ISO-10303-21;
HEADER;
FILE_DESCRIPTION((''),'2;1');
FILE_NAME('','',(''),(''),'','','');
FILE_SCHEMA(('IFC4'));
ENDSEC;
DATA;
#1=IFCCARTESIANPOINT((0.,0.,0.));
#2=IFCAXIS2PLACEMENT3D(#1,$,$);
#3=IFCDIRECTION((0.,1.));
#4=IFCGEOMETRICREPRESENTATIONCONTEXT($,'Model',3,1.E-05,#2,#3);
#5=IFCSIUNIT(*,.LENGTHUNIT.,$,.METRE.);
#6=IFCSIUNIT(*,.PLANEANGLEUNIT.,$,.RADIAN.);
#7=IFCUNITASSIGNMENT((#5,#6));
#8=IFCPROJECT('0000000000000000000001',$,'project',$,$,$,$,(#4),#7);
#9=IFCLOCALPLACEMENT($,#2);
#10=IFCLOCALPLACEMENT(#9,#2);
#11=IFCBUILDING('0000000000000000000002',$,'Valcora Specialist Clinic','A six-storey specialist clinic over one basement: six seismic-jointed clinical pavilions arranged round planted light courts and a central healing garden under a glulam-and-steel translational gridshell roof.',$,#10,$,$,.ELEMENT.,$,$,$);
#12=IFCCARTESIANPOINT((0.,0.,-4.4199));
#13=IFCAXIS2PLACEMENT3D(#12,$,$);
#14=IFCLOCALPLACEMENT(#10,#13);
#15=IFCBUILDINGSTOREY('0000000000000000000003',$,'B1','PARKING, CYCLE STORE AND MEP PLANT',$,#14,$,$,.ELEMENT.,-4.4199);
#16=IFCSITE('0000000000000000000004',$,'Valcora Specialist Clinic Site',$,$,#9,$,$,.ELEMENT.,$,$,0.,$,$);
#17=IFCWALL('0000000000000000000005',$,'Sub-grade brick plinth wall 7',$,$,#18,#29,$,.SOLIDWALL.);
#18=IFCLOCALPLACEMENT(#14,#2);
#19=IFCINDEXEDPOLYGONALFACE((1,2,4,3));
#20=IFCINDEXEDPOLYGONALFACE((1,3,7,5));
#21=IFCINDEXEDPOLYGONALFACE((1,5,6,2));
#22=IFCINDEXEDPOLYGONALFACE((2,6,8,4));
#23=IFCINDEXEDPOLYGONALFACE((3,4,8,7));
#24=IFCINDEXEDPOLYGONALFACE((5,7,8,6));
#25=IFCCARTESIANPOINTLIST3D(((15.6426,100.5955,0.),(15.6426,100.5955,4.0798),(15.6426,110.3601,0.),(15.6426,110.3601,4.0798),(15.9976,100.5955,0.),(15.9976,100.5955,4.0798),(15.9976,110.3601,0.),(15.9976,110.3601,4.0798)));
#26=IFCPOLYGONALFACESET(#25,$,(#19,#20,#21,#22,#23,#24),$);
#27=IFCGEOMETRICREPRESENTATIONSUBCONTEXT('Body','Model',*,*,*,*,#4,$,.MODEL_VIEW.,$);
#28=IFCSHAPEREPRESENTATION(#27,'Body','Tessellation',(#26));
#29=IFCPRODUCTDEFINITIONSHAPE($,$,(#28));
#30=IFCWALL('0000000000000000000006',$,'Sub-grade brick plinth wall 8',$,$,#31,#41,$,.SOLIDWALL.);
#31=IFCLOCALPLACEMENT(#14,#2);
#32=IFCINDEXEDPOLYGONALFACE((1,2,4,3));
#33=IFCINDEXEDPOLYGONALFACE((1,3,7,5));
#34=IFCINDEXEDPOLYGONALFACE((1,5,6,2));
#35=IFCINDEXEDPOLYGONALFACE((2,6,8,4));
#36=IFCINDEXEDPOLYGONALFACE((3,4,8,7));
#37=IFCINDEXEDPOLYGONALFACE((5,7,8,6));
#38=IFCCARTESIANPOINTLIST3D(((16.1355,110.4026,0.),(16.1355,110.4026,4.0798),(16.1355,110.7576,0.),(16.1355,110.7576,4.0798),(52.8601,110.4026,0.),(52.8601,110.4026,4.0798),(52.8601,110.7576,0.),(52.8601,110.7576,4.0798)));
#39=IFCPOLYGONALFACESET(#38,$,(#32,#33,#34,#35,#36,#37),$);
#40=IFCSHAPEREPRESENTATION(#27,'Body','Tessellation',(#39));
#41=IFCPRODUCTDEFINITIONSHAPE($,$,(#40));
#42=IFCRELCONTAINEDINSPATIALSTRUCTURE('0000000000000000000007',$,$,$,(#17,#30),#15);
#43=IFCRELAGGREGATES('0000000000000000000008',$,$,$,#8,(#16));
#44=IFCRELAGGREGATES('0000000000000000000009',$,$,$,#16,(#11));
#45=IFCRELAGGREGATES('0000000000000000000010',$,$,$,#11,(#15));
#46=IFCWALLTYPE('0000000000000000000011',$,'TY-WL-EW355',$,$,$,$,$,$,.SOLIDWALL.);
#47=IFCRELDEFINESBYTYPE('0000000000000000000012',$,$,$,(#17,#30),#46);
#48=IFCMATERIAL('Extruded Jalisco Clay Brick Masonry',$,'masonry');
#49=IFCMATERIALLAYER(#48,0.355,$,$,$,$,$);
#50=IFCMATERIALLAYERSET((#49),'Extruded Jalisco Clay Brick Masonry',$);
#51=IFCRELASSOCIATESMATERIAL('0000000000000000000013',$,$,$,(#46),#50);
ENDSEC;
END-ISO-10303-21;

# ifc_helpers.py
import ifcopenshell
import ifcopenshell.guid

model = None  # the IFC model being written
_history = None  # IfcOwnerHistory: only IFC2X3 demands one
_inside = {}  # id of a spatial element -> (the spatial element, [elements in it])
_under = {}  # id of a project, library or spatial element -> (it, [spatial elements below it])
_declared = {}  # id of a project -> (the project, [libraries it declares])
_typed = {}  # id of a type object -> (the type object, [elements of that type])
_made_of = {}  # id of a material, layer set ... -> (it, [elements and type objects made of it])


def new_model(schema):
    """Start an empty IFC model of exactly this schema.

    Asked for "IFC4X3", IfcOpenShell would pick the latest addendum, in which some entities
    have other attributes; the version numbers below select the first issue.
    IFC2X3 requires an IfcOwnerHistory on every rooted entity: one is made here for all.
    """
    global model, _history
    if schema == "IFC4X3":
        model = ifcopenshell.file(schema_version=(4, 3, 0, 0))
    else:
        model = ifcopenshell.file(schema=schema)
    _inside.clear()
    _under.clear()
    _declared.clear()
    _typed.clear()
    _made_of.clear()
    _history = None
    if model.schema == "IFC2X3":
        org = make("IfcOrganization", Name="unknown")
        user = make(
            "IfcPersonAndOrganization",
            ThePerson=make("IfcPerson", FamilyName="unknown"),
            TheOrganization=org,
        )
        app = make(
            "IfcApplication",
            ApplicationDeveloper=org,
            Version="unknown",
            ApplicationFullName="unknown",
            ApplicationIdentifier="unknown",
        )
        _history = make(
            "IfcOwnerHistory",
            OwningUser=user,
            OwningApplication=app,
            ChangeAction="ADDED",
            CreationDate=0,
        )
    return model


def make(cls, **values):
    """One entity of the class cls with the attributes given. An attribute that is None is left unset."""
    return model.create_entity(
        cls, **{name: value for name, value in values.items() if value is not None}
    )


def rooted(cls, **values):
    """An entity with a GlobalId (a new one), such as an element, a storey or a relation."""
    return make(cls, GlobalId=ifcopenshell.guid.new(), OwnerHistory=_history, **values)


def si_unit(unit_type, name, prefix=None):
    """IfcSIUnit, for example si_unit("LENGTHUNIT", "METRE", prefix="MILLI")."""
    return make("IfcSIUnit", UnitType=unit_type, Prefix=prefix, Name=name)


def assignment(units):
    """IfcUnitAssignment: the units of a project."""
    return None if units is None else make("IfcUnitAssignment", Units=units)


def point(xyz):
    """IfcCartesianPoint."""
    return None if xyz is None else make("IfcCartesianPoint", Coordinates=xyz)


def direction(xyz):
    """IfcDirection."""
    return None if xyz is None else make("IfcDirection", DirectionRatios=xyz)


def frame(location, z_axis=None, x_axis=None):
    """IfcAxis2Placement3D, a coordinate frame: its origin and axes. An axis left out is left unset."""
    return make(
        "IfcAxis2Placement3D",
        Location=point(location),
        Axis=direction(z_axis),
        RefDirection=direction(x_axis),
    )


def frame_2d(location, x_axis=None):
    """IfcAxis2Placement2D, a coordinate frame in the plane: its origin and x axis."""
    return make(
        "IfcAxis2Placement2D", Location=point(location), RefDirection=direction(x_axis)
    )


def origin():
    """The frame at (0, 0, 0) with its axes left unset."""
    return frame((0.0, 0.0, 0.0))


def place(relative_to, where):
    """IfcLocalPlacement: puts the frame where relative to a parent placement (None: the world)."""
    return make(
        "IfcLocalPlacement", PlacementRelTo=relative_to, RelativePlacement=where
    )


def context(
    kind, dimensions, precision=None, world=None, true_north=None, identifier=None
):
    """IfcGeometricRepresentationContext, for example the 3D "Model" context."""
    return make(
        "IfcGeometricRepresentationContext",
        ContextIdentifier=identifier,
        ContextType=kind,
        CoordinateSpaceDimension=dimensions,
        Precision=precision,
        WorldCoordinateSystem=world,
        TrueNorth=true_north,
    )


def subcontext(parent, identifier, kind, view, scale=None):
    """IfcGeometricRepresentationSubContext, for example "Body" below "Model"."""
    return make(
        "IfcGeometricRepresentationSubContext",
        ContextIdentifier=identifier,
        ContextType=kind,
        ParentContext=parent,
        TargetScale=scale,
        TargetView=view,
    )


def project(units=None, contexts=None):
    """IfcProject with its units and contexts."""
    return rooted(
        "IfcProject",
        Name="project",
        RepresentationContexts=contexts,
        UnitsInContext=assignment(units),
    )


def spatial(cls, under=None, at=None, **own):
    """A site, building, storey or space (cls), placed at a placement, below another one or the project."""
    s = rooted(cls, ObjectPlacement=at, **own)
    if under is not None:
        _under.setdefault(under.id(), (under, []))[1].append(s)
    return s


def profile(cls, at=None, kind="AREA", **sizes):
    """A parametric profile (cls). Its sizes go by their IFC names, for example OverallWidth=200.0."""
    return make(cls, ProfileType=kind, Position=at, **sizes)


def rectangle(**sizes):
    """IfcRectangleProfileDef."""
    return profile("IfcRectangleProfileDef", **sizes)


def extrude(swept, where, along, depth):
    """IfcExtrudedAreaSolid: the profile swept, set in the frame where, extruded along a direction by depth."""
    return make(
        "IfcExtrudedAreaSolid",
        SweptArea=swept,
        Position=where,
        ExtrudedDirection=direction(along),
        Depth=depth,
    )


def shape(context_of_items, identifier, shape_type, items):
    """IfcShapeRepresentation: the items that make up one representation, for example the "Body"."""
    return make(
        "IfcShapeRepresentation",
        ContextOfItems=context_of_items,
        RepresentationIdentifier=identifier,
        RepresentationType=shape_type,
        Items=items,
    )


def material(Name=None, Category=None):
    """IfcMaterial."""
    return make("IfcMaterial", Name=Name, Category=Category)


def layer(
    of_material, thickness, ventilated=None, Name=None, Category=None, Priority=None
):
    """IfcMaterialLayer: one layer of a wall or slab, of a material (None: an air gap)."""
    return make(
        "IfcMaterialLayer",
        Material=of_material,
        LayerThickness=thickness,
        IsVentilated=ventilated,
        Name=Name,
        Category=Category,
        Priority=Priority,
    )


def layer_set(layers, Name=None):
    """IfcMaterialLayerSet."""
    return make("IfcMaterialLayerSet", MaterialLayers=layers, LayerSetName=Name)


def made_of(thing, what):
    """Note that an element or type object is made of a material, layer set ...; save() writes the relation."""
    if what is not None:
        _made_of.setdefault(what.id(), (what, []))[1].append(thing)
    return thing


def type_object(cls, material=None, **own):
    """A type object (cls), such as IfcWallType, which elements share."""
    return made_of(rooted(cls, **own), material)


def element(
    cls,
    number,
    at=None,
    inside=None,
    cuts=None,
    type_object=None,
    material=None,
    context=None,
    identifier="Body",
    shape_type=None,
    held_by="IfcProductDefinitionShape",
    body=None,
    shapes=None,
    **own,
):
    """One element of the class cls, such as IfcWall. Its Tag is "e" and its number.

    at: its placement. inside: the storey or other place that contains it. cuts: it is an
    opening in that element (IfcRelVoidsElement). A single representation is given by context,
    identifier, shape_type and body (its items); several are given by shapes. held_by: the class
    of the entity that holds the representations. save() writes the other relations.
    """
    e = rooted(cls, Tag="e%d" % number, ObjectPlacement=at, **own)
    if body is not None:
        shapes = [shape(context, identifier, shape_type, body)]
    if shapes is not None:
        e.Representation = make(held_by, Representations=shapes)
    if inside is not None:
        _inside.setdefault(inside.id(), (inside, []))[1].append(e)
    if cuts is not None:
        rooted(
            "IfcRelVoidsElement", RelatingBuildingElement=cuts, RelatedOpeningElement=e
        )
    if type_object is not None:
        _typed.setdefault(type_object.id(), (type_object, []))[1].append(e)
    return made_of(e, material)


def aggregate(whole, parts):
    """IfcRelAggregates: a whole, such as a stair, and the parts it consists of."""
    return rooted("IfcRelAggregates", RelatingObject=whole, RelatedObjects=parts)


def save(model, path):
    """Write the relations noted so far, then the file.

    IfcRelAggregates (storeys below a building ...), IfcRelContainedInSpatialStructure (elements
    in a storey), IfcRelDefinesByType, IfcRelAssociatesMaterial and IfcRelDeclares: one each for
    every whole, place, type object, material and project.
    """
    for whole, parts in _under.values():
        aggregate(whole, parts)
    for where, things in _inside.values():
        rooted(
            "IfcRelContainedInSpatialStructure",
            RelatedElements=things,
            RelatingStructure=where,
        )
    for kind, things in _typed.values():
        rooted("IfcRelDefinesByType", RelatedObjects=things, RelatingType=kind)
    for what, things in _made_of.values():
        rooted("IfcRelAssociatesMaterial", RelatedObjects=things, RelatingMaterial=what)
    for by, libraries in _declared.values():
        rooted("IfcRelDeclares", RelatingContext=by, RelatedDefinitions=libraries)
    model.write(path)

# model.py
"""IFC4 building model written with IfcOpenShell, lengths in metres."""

from ifc_helpers import new_model, si_unit, direction, frame, frame_2d, origin, place, context, subcontext, project, spatial, rectangle, extrude, material, layer, layer_set, type_object, element, save


model = new_model("IFC4")

# Units and contexts
model_context = context("Model", 3, precision=1e-05, world=origin(), true_north=direction((0.0, 1.0)))
body_context = subcontext(model_context, "Body", "Model", "MODEL_VIEW")
ifc_project = project(units=[si_unit("LENGTHUNIT", "METRE"), si_unit("PLANEANGLEUNIT", "RADIAN")], contexts=[model_context])

# Site, building, storey
site_placement = place(None, origin())
site = spatial("IfcSite", under=ifc_project, at=site_placement, Name="Valcora Specialist Clinic Site", CompositionType="ELEMENT", RefElevation=0.0)
building_placement = place(site_placement, origin())
building = spatial("IfcBuilding", under=site, at=building_placement, Name="Valcora Specialist Clinic", Description="A six-storey specialist clinic over one basement: six seismic-jointed clinical pavilions arranged round planted light courts and a central healing garden under a glulam-and-steel translational gridshell roof.", CompositionType="ELEMENT")
storey_placement = place(building_placement, frame((0.0, 0.0, -4.4199)))
storey = spatial("IfcBuildingStorey", under=building, at=storey_placement, Name="B1", Description="PARKING, CYCLE STORE AND MEP PLANT", CompositionType="ELEMENT", Elevation=-4.4199)

# Walls
ifc_material_1 = material(Name="Extruded Jalisco Clay Brick Masonry", Category="masonry")
ifc_layer = layer(ifc_material_1, 0.355)
ifc_layer_set = layer_set([ifc_layer], Name="Extruded Jalisco Clay Brick Masonry")
wall_type = type_object("IfcWallType", Name="TY-WL-EW355", PredefinedType="SOLIDWALL", material=ifc_layer_set)
wall_1_placement = place(storey_placement, frame((15.8201, 100.5955, 0.0), z_axis=(0.0, 0.0, 1.0), x_axis=(0.0, 1.0, 0.0)))
element("IfcWall", 1, at=wall_1_placement, inside=storey, type_object=wall_type, Name="Sub-grade brick plinth wall 7", PredefinedType="SOLIDWALL", context=body_context, shape_type="SweptSolid", body=[
    extrude(rectangle(XDim=9.7646, YDim=0.355, at=frame_2d((4.8823, 0.0))), origin(), (0.0, 0.0, 1.0), 4.0798),
])
wall_2_placement = place(storey_placement, frame((16.1355, 110.5801, 0.0), z_axis=(0.0, 0.0, 1.0), x_axis=(1.0, 0.0, 0.0)))
element("IfcWall", 2, at=wall_2_placement, inside=storey, type_object=wall_type, Name="Sub-grade brick plinth wall 8", PredefinedType="SOLIDWALL", context=body_context, shape_type="SweptSolid", body=[
    extrude(rectangle(XDim=36.7246, YDim=0.355, at=frame_2d((18.3623, 0.0))), origin(), (0.0, 0.0, 1.0), 4.0798),
])

save(model, "model.ifc")
